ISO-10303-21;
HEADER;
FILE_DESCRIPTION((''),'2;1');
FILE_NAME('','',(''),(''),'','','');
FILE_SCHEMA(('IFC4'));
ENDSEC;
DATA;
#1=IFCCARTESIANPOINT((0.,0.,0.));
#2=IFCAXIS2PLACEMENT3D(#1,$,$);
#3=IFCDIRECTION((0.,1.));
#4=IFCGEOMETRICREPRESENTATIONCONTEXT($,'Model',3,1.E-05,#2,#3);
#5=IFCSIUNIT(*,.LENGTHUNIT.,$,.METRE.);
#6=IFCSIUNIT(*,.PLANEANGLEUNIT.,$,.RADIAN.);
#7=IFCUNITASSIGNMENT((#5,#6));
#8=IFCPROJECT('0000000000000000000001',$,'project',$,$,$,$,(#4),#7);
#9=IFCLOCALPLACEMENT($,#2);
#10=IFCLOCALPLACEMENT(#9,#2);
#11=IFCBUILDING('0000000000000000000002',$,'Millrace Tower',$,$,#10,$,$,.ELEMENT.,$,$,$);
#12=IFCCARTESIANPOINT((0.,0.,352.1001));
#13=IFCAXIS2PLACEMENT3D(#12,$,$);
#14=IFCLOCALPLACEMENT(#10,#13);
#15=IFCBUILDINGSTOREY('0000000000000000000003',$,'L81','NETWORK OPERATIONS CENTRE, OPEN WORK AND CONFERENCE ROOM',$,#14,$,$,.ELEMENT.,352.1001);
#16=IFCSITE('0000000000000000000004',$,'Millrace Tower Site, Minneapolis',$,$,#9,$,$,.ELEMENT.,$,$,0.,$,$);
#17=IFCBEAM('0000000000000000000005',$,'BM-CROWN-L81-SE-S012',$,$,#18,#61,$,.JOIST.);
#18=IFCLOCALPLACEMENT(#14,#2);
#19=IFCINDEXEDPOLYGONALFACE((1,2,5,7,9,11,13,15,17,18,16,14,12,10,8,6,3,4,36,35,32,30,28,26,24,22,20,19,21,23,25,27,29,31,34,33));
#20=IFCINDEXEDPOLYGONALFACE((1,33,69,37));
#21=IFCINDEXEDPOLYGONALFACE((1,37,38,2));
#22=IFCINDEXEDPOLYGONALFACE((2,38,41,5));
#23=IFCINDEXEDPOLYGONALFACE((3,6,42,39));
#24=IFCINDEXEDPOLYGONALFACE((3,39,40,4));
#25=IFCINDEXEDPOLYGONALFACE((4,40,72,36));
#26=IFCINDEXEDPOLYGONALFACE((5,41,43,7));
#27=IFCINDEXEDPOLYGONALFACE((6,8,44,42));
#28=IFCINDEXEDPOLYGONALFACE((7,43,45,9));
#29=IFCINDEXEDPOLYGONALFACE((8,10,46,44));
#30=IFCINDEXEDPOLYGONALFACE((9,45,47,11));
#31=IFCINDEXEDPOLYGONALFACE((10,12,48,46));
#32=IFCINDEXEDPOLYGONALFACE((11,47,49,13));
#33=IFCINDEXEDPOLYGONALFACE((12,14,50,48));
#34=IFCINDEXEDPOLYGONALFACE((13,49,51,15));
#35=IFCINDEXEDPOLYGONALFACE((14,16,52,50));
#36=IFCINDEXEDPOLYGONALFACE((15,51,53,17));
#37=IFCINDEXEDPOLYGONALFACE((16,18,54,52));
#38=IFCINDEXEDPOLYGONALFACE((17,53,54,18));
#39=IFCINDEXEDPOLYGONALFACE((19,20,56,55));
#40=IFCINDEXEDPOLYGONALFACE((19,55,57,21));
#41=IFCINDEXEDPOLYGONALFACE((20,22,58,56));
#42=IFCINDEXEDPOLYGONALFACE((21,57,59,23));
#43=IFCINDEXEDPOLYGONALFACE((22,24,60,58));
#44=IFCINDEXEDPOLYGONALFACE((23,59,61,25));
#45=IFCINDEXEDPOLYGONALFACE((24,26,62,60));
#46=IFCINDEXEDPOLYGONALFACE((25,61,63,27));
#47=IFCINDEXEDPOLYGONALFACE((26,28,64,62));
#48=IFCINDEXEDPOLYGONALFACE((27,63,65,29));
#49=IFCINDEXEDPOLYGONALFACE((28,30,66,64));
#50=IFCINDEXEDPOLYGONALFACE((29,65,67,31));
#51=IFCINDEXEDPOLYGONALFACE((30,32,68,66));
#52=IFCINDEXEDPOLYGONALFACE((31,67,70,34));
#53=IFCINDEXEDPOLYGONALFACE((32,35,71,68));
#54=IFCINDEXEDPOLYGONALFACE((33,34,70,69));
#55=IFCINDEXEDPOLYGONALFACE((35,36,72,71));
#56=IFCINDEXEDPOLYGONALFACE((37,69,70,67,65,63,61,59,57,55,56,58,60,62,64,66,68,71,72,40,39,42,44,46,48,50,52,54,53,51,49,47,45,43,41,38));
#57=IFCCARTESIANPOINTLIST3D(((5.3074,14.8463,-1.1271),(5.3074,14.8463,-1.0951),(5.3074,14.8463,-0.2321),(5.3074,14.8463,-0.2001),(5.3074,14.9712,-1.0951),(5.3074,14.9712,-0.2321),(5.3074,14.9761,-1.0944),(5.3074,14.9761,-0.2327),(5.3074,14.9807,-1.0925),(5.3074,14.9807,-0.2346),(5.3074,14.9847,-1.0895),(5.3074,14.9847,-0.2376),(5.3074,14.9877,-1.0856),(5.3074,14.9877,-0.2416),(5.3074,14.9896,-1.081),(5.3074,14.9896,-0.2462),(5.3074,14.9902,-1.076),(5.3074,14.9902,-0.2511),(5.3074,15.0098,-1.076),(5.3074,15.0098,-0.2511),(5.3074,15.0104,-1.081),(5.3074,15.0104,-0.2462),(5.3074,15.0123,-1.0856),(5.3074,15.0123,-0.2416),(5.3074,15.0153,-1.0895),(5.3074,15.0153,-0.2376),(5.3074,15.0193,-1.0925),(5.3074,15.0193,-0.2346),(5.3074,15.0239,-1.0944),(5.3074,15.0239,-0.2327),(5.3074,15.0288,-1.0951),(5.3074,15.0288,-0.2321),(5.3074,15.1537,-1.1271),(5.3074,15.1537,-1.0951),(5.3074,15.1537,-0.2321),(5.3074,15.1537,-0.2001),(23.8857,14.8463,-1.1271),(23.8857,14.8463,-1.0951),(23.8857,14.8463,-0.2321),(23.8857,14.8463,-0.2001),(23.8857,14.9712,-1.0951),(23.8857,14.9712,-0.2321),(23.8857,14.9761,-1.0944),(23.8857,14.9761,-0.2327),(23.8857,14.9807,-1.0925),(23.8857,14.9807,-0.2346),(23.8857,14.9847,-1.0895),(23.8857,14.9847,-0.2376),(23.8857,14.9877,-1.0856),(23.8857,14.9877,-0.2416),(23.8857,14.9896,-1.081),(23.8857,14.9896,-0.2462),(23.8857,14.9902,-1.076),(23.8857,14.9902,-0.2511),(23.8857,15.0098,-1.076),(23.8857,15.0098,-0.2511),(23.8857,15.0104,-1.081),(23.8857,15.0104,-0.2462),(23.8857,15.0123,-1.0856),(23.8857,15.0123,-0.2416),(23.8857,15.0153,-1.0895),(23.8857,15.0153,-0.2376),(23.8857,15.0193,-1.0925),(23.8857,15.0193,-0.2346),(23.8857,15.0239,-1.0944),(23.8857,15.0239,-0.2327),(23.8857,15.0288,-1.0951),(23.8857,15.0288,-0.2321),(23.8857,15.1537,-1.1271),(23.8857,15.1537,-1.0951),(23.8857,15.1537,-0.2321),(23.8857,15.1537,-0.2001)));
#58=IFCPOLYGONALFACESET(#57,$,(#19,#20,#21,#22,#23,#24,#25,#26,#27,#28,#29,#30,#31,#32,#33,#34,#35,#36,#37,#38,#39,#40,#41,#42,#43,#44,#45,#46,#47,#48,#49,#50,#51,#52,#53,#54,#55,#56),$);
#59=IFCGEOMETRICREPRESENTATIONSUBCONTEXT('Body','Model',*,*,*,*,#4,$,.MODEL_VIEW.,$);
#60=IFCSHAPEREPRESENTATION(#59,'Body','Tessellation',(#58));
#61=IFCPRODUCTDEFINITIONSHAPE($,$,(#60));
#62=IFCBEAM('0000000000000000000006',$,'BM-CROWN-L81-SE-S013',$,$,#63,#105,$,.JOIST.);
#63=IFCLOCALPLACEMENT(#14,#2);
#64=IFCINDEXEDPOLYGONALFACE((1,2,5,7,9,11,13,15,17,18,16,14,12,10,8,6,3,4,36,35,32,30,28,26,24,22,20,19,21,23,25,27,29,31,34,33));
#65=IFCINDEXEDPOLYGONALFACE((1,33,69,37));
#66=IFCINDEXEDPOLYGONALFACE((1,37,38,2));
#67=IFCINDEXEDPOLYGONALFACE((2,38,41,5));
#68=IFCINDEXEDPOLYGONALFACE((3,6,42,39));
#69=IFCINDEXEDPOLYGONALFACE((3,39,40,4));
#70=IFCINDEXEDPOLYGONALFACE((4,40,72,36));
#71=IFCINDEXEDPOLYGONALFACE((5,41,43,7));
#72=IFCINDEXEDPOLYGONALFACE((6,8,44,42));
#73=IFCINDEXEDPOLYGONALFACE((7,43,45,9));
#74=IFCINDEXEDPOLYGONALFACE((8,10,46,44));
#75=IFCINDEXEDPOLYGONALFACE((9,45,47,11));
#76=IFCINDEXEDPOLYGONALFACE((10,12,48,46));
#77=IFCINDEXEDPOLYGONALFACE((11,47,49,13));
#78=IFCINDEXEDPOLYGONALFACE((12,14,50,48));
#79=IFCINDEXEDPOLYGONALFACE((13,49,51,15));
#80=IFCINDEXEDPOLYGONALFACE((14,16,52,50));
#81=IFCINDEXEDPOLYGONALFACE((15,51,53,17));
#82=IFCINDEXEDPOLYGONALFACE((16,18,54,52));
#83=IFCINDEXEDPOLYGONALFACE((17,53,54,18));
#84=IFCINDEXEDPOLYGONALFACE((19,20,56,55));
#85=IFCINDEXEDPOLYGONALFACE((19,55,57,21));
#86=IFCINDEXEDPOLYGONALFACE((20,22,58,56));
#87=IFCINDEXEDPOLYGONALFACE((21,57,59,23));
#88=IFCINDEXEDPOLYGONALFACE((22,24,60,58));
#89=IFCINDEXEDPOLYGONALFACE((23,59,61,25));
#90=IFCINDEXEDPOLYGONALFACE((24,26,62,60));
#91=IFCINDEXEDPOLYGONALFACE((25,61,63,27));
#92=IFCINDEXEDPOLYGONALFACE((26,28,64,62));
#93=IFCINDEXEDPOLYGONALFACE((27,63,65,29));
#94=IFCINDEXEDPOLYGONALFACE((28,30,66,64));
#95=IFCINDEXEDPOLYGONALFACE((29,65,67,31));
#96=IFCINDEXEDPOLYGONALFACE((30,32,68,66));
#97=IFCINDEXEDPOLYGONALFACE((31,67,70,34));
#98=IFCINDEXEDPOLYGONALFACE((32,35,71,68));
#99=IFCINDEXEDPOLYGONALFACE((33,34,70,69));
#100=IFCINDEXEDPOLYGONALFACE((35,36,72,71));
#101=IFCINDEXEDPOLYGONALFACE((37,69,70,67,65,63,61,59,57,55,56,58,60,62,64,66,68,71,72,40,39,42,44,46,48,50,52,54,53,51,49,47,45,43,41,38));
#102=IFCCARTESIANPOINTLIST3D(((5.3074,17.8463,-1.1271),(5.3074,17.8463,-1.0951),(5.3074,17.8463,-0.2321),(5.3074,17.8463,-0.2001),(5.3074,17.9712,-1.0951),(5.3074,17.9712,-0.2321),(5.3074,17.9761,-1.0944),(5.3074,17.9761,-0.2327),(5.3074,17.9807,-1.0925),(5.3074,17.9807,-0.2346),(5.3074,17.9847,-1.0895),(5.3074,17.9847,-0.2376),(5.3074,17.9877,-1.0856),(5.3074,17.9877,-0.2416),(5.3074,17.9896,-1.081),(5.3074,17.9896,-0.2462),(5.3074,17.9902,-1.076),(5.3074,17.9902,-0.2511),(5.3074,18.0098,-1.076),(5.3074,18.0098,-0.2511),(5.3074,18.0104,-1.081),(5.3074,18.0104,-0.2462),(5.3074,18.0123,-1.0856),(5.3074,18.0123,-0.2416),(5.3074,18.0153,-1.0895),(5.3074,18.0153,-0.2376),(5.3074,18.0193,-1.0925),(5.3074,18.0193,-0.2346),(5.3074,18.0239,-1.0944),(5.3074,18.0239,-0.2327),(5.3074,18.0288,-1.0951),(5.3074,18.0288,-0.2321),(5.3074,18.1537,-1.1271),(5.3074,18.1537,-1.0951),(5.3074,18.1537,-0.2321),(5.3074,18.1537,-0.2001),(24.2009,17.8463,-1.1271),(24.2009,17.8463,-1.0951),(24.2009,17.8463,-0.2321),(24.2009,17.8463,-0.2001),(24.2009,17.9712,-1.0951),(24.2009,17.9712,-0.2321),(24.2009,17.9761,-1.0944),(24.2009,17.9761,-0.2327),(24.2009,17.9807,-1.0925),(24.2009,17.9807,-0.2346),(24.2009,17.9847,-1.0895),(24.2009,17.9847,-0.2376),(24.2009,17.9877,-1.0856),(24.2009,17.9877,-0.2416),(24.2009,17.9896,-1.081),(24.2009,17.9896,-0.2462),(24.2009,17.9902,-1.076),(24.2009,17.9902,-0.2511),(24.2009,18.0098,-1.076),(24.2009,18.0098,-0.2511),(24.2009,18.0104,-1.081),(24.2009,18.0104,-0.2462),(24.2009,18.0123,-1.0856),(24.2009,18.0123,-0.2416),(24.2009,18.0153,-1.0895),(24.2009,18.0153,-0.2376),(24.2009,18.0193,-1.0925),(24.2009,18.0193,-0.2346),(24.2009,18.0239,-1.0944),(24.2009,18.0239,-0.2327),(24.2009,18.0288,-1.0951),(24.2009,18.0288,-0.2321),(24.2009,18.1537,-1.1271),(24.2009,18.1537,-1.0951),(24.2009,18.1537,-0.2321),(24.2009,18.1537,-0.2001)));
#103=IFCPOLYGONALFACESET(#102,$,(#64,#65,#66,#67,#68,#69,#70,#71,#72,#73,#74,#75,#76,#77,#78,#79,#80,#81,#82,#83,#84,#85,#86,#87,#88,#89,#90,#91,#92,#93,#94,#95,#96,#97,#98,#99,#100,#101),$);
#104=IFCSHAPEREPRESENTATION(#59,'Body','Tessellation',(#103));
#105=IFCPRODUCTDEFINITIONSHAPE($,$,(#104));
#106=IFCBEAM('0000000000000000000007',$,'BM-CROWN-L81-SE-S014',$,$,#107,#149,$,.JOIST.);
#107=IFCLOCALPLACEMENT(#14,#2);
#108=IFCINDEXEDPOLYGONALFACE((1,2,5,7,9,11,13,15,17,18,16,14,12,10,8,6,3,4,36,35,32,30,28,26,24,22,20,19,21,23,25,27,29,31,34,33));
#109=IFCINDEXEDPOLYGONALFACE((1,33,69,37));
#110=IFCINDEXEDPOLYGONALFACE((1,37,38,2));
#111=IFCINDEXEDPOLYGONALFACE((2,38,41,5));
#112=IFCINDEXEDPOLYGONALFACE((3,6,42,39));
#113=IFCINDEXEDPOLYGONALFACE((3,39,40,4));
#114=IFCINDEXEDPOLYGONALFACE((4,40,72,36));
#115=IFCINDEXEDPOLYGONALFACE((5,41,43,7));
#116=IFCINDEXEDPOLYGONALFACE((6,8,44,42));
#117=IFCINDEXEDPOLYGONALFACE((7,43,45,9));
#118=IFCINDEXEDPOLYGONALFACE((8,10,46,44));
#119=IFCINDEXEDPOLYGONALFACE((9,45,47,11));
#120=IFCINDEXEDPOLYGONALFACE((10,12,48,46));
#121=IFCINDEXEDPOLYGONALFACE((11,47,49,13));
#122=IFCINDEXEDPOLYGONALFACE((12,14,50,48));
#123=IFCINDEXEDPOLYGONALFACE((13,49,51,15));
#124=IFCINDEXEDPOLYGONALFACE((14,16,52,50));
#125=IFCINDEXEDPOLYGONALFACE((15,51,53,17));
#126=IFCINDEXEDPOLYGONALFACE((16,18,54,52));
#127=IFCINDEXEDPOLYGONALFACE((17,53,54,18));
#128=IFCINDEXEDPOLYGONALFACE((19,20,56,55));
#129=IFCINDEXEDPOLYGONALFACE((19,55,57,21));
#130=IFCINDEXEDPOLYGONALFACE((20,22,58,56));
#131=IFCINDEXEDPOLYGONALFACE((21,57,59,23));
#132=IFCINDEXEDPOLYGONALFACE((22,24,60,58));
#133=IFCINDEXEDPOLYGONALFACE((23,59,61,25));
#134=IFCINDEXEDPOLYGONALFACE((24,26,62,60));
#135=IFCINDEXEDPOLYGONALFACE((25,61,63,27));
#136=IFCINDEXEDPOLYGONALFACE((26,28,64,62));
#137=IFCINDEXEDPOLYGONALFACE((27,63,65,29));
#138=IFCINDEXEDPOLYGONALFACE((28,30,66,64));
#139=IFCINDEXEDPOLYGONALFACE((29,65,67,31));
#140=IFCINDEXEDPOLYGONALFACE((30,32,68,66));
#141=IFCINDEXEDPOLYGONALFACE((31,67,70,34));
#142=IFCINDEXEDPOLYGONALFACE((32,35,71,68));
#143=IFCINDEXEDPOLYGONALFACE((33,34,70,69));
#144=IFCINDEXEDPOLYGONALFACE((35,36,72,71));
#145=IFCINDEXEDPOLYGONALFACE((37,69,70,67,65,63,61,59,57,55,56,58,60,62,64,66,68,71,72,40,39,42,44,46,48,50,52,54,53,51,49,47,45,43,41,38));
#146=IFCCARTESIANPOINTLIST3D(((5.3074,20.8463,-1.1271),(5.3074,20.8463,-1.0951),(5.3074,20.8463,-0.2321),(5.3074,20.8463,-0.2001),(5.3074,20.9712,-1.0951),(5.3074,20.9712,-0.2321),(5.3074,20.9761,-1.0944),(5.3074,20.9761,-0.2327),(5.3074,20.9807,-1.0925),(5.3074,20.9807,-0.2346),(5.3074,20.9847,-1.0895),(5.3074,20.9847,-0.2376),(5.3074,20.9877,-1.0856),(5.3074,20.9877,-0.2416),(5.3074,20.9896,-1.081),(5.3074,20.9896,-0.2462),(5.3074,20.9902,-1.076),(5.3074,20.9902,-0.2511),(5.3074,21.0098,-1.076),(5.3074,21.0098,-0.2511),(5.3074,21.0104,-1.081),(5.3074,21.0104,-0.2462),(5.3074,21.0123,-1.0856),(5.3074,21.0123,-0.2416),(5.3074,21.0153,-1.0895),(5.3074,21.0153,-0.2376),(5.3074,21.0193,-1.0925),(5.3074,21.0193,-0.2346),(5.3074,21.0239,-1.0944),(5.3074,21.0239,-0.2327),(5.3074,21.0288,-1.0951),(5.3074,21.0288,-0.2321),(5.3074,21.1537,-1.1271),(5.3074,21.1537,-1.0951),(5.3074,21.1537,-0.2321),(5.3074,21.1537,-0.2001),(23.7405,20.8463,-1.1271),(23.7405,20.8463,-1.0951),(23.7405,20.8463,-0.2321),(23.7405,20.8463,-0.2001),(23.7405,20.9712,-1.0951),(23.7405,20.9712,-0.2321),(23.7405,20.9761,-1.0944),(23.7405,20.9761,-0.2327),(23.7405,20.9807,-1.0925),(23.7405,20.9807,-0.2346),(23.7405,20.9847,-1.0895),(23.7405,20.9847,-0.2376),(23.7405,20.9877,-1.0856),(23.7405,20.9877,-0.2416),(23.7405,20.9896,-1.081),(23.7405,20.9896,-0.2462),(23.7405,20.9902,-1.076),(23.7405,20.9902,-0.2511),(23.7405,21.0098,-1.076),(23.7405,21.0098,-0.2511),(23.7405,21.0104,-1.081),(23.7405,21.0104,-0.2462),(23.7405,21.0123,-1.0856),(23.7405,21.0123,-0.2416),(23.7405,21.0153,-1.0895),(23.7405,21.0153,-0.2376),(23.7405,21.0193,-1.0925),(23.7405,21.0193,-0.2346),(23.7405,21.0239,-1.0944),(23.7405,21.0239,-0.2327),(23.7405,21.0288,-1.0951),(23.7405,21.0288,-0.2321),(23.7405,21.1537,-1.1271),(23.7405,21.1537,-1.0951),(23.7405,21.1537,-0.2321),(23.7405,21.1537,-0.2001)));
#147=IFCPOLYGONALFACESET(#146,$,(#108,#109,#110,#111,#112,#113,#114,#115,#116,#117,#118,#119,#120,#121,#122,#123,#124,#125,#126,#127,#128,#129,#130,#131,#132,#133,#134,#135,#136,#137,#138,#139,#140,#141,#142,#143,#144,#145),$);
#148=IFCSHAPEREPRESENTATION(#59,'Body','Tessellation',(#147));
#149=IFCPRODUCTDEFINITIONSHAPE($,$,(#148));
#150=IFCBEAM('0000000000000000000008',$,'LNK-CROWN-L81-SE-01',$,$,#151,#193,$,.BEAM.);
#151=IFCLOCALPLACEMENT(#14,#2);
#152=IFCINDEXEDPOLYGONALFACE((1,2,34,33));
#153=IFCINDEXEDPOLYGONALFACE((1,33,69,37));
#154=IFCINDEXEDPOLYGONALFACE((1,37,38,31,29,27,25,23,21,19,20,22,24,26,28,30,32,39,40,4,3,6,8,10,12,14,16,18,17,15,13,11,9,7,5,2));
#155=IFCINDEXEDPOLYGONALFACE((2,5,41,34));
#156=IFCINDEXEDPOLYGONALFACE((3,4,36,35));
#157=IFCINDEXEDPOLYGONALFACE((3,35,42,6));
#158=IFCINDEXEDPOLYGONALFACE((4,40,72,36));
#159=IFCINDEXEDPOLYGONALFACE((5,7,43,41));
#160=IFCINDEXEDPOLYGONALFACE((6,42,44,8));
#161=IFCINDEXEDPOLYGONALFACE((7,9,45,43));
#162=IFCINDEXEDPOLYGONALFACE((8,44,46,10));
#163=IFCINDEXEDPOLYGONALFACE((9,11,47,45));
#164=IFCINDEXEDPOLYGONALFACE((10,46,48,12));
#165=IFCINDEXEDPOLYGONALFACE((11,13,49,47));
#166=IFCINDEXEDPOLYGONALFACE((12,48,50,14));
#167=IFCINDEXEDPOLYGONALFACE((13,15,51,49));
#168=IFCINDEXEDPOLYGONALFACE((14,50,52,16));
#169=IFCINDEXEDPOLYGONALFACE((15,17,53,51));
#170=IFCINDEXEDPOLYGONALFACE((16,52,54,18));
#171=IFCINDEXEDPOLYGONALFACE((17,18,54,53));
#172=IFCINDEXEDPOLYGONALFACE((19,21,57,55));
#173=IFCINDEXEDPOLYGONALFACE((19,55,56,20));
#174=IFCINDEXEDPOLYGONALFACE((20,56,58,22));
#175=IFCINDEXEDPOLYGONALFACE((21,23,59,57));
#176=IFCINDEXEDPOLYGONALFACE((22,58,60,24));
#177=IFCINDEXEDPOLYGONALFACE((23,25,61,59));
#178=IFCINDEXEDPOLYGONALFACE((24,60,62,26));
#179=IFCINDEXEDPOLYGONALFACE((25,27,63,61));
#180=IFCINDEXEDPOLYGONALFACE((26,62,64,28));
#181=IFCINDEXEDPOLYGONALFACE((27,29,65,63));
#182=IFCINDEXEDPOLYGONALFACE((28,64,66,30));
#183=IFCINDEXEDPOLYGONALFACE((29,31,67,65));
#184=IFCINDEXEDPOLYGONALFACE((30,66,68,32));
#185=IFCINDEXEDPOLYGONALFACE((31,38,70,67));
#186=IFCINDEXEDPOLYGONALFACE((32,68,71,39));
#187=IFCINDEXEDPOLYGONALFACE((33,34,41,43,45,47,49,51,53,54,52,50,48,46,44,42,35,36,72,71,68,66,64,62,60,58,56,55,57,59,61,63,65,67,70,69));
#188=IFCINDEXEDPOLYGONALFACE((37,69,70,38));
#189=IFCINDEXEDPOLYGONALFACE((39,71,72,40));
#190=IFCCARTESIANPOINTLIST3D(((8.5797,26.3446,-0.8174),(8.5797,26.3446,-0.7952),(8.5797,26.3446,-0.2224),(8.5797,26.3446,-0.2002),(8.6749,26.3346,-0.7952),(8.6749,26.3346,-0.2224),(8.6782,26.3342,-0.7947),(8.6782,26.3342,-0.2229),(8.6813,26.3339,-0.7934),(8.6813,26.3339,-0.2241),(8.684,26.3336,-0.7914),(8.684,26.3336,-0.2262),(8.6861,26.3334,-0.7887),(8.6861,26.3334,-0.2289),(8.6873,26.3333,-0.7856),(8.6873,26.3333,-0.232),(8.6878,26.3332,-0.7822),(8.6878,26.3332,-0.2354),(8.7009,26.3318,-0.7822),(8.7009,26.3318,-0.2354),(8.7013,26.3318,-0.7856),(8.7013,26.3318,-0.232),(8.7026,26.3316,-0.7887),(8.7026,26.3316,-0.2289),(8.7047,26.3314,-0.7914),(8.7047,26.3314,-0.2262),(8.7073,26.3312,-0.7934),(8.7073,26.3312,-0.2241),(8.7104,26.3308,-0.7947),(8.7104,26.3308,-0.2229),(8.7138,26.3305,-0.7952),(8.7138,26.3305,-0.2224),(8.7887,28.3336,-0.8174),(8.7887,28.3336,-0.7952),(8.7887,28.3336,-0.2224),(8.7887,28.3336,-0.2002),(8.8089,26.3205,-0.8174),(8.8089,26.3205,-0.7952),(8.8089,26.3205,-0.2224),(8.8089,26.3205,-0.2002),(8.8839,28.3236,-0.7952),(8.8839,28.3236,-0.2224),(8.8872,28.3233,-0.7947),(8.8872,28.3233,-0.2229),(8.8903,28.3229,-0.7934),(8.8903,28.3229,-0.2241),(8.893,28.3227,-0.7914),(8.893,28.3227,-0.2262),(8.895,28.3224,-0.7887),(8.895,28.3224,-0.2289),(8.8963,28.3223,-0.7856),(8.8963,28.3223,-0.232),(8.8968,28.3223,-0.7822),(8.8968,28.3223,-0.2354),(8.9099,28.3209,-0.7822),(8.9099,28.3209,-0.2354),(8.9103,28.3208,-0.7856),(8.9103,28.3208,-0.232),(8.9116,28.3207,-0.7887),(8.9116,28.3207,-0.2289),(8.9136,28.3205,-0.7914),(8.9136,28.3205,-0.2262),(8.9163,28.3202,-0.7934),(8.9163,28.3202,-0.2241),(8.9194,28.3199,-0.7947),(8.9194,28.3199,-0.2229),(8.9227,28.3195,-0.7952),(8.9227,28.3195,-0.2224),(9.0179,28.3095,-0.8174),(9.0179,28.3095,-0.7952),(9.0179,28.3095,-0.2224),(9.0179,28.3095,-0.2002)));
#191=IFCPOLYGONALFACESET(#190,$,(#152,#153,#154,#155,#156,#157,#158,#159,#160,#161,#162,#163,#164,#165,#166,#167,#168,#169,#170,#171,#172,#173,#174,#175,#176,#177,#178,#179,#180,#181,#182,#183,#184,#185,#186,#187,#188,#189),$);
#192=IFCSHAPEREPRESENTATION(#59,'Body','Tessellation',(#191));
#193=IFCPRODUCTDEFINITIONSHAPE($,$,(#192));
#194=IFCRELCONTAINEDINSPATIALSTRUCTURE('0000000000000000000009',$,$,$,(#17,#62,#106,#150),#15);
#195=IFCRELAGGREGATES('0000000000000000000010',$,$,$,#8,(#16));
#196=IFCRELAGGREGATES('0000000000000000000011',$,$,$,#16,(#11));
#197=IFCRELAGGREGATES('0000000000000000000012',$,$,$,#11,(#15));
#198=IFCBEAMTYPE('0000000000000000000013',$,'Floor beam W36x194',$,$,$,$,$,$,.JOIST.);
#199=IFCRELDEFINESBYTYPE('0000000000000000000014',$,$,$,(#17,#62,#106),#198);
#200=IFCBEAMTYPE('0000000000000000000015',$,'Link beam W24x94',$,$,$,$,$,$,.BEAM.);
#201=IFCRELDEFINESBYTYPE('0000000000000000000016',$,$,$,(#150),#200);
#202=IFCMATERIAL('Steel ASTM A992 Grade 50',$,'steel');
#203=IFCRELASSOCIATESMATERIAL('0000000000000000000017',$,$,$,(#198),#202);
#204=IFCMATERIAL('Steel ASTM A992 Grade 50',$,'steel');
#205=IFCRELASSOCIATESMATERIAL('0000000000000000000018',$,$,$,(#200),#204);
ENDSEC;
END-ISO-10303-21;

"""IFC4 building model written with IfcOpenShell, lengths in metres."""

from ifc_helpers import new_model, si_unit, direction, frame, origin, origin_2d, place, context, subcontext, project, spatial, i_section, extrude, material, material_profile, profile_set, type_object, element, save


model = new_model("IFC4")

# Units and contexts
model_context = context("Model", 3, precision=1e-05, world=origin(), true_north=direction((0.0, 1.0)))
body_context = subcontext(model_context, "Body", "Model", "MODEL_VIEW")
ifc_project = project(units=[si_unit("LENGTHUNIT", "METRE"), si_unit("PLANEANGLEUNIT", "RADIAN")], contexts=[model_context])

# Site, building, storey
site_placement = place(None, origin())
site = spatial("IfcSite", under=ifc_project, at=site_placement, Name="Millrace Tower Site, Minneapolis", CompositionType="ELEMENT", RefElevation=0.0)
building_placement = place(site_placement, origin())
building = spatial("IfcBuilding", under=site, at=building_placement, Name="Millrace Tower", CompositionType="ELEMENT")
storey_placement = place(building_placement, frame((0.0, 0.0, 352.1001)))
storey = spatial("IfcBuildingStorey", under=building, at=storey_placement, Name="L81", Description="NETWORK OPERATIONS CENTRE, OPEN WORK AND CONFERENCE ROOM", CompositionType="ELEMENT", Elevation=352.1001)

# Beams
ifc_material_1 = material(Name="Steel ASTM A992 Grade 50", Category="steel")
ifc_material_profile_1 = material_profile(ifc_material_1, i_section(OverallWidth=0.3074, OverallDepth=0.927, WebThickness=0.0195, FlangeThickness=0.032, FilletRadius=0.019, at=origin_2d()))
ifc_profile_set_1 = profile_set([ifc_material_profile_1], Name="Steel ASTM A992 Grade 50")
beam_type_1 = type_object("IfcBeamType", Name="Floor beam W36x194", PredefinedType="JOIST", material=ifc_profile_set_1)
beam_1_placement = place(storey_placement, frame((5.3074, 15.0, -0.6636), z_axis=(1.0, 0.0, 0.0), x_axis=(0.0, 1.0, 0.0)))
element("IfcBeam", 1, at=beam_1_placement, inside=storey, type_object=beam_type_1, Name="BM-CROWN-L81-SE-S012", PredefinedType="JOIST", context=body_context, shape_type="SweptSolid", body=[
    extrude(i_section(OverallWidth=0.3074, OverallDepth=0.927, WebThickness=0.0195, FlangeThickness=0.032, FilletRadius=0.019, at=origin_2d()), origin(), (0.0, 0.0, 1.0), 18.5784),
])
beam_2_placement = place(storey_placement, frame((5.3074, 18.0, -0.6636), z_axis=(1.0, 0.0, 0.0), x_axis=(0.0, 1.0, 0.0)))
element("IfcBeam", 2, at=beam_2_placement, inside=storey, type_object=beam_type_1, Name="BM-CROWN-L81-SE-S013", PredefinedType="JOIST", context=body_context, shape_type="SweptSolid", body=[
    extrude(i_section(OverallWidth=0.3074, OverallDepth=0.927, WebThickness=0.0195, FlangeThickness=0.032, FilletRadius=0.019, at=origin_2d()), origin(), (0.0, 0.0, 1.0), 18.8936),
])
beam_3_placement = place(storey_placement, frame((5.3074, 21.0, -0.6636), z_axis=(1.0, 0.0, 0.0), x_axis=(0.0, 1.0, 0.0)))
element("IfcBeam", 3, at=beam_3_placement, inside=storey, type_object=beam_type_1, Name="BM-CROWN-L81-SE-S014", PredefinedType="JOIST", context=body_context, shape_type="SweptSolid", body=[
    extrude(i_section(OverallWidth=0.3074, OverallDepth=0.927, WebThickness=0.0195, FlangeThickness=0.032, FilletRadius=0.019, at=origin_2d()), origin(), (0.0, 0.0, 1.0), 18.4331),
])
ifc_material_2 = material(Name="Steel ASTM A992 Grade 50", Category="steel")
ifc_material_profile_2 = material_profile(ifc_material_2, i_section(OverallWidth=0.2305, OverallDepth=0.6172, WebThickness=0.0132, FlangeThickness=0.0222, FilletRadius=0.0129, at=origin_2d()))
ifc_profile_set_2 = profile_set([ifc_material_profile_2], Name="Steel ASTM A992 Grade 50")
beam_type_2 = type_object("IfcBeamType", Name="Link beam W24x94", PredefinedType="BEAM", material=ifc_profile_set_2)
beam_4_placement = place(storey_placement, frame((8.6943, 26.3325, -0.5088), z_axis=(0.104494, 0.994526, 0.0), x_axis=(-0.994526, 0.104494, 0.0)))
element("IfcBeam", 4, at=beam_4_placement, inside=storey, type_object=beam_type_2, Name="LNK-CROWN-L81-SE-01", PredefinedType="BEAM", context=body_context, shape_type="SweptSolid", body=[
    extrude(i_section(OverallWidth=0.2305, OverallDepth=0.6172, WebThickness=0.0132, FlangeThickness=0.0222, FilletRadius=0.0129, at=origin_2d()), origin(), (0.0, 0.0, 1.0), 2.0),
])

save(model, "model.ifc")
